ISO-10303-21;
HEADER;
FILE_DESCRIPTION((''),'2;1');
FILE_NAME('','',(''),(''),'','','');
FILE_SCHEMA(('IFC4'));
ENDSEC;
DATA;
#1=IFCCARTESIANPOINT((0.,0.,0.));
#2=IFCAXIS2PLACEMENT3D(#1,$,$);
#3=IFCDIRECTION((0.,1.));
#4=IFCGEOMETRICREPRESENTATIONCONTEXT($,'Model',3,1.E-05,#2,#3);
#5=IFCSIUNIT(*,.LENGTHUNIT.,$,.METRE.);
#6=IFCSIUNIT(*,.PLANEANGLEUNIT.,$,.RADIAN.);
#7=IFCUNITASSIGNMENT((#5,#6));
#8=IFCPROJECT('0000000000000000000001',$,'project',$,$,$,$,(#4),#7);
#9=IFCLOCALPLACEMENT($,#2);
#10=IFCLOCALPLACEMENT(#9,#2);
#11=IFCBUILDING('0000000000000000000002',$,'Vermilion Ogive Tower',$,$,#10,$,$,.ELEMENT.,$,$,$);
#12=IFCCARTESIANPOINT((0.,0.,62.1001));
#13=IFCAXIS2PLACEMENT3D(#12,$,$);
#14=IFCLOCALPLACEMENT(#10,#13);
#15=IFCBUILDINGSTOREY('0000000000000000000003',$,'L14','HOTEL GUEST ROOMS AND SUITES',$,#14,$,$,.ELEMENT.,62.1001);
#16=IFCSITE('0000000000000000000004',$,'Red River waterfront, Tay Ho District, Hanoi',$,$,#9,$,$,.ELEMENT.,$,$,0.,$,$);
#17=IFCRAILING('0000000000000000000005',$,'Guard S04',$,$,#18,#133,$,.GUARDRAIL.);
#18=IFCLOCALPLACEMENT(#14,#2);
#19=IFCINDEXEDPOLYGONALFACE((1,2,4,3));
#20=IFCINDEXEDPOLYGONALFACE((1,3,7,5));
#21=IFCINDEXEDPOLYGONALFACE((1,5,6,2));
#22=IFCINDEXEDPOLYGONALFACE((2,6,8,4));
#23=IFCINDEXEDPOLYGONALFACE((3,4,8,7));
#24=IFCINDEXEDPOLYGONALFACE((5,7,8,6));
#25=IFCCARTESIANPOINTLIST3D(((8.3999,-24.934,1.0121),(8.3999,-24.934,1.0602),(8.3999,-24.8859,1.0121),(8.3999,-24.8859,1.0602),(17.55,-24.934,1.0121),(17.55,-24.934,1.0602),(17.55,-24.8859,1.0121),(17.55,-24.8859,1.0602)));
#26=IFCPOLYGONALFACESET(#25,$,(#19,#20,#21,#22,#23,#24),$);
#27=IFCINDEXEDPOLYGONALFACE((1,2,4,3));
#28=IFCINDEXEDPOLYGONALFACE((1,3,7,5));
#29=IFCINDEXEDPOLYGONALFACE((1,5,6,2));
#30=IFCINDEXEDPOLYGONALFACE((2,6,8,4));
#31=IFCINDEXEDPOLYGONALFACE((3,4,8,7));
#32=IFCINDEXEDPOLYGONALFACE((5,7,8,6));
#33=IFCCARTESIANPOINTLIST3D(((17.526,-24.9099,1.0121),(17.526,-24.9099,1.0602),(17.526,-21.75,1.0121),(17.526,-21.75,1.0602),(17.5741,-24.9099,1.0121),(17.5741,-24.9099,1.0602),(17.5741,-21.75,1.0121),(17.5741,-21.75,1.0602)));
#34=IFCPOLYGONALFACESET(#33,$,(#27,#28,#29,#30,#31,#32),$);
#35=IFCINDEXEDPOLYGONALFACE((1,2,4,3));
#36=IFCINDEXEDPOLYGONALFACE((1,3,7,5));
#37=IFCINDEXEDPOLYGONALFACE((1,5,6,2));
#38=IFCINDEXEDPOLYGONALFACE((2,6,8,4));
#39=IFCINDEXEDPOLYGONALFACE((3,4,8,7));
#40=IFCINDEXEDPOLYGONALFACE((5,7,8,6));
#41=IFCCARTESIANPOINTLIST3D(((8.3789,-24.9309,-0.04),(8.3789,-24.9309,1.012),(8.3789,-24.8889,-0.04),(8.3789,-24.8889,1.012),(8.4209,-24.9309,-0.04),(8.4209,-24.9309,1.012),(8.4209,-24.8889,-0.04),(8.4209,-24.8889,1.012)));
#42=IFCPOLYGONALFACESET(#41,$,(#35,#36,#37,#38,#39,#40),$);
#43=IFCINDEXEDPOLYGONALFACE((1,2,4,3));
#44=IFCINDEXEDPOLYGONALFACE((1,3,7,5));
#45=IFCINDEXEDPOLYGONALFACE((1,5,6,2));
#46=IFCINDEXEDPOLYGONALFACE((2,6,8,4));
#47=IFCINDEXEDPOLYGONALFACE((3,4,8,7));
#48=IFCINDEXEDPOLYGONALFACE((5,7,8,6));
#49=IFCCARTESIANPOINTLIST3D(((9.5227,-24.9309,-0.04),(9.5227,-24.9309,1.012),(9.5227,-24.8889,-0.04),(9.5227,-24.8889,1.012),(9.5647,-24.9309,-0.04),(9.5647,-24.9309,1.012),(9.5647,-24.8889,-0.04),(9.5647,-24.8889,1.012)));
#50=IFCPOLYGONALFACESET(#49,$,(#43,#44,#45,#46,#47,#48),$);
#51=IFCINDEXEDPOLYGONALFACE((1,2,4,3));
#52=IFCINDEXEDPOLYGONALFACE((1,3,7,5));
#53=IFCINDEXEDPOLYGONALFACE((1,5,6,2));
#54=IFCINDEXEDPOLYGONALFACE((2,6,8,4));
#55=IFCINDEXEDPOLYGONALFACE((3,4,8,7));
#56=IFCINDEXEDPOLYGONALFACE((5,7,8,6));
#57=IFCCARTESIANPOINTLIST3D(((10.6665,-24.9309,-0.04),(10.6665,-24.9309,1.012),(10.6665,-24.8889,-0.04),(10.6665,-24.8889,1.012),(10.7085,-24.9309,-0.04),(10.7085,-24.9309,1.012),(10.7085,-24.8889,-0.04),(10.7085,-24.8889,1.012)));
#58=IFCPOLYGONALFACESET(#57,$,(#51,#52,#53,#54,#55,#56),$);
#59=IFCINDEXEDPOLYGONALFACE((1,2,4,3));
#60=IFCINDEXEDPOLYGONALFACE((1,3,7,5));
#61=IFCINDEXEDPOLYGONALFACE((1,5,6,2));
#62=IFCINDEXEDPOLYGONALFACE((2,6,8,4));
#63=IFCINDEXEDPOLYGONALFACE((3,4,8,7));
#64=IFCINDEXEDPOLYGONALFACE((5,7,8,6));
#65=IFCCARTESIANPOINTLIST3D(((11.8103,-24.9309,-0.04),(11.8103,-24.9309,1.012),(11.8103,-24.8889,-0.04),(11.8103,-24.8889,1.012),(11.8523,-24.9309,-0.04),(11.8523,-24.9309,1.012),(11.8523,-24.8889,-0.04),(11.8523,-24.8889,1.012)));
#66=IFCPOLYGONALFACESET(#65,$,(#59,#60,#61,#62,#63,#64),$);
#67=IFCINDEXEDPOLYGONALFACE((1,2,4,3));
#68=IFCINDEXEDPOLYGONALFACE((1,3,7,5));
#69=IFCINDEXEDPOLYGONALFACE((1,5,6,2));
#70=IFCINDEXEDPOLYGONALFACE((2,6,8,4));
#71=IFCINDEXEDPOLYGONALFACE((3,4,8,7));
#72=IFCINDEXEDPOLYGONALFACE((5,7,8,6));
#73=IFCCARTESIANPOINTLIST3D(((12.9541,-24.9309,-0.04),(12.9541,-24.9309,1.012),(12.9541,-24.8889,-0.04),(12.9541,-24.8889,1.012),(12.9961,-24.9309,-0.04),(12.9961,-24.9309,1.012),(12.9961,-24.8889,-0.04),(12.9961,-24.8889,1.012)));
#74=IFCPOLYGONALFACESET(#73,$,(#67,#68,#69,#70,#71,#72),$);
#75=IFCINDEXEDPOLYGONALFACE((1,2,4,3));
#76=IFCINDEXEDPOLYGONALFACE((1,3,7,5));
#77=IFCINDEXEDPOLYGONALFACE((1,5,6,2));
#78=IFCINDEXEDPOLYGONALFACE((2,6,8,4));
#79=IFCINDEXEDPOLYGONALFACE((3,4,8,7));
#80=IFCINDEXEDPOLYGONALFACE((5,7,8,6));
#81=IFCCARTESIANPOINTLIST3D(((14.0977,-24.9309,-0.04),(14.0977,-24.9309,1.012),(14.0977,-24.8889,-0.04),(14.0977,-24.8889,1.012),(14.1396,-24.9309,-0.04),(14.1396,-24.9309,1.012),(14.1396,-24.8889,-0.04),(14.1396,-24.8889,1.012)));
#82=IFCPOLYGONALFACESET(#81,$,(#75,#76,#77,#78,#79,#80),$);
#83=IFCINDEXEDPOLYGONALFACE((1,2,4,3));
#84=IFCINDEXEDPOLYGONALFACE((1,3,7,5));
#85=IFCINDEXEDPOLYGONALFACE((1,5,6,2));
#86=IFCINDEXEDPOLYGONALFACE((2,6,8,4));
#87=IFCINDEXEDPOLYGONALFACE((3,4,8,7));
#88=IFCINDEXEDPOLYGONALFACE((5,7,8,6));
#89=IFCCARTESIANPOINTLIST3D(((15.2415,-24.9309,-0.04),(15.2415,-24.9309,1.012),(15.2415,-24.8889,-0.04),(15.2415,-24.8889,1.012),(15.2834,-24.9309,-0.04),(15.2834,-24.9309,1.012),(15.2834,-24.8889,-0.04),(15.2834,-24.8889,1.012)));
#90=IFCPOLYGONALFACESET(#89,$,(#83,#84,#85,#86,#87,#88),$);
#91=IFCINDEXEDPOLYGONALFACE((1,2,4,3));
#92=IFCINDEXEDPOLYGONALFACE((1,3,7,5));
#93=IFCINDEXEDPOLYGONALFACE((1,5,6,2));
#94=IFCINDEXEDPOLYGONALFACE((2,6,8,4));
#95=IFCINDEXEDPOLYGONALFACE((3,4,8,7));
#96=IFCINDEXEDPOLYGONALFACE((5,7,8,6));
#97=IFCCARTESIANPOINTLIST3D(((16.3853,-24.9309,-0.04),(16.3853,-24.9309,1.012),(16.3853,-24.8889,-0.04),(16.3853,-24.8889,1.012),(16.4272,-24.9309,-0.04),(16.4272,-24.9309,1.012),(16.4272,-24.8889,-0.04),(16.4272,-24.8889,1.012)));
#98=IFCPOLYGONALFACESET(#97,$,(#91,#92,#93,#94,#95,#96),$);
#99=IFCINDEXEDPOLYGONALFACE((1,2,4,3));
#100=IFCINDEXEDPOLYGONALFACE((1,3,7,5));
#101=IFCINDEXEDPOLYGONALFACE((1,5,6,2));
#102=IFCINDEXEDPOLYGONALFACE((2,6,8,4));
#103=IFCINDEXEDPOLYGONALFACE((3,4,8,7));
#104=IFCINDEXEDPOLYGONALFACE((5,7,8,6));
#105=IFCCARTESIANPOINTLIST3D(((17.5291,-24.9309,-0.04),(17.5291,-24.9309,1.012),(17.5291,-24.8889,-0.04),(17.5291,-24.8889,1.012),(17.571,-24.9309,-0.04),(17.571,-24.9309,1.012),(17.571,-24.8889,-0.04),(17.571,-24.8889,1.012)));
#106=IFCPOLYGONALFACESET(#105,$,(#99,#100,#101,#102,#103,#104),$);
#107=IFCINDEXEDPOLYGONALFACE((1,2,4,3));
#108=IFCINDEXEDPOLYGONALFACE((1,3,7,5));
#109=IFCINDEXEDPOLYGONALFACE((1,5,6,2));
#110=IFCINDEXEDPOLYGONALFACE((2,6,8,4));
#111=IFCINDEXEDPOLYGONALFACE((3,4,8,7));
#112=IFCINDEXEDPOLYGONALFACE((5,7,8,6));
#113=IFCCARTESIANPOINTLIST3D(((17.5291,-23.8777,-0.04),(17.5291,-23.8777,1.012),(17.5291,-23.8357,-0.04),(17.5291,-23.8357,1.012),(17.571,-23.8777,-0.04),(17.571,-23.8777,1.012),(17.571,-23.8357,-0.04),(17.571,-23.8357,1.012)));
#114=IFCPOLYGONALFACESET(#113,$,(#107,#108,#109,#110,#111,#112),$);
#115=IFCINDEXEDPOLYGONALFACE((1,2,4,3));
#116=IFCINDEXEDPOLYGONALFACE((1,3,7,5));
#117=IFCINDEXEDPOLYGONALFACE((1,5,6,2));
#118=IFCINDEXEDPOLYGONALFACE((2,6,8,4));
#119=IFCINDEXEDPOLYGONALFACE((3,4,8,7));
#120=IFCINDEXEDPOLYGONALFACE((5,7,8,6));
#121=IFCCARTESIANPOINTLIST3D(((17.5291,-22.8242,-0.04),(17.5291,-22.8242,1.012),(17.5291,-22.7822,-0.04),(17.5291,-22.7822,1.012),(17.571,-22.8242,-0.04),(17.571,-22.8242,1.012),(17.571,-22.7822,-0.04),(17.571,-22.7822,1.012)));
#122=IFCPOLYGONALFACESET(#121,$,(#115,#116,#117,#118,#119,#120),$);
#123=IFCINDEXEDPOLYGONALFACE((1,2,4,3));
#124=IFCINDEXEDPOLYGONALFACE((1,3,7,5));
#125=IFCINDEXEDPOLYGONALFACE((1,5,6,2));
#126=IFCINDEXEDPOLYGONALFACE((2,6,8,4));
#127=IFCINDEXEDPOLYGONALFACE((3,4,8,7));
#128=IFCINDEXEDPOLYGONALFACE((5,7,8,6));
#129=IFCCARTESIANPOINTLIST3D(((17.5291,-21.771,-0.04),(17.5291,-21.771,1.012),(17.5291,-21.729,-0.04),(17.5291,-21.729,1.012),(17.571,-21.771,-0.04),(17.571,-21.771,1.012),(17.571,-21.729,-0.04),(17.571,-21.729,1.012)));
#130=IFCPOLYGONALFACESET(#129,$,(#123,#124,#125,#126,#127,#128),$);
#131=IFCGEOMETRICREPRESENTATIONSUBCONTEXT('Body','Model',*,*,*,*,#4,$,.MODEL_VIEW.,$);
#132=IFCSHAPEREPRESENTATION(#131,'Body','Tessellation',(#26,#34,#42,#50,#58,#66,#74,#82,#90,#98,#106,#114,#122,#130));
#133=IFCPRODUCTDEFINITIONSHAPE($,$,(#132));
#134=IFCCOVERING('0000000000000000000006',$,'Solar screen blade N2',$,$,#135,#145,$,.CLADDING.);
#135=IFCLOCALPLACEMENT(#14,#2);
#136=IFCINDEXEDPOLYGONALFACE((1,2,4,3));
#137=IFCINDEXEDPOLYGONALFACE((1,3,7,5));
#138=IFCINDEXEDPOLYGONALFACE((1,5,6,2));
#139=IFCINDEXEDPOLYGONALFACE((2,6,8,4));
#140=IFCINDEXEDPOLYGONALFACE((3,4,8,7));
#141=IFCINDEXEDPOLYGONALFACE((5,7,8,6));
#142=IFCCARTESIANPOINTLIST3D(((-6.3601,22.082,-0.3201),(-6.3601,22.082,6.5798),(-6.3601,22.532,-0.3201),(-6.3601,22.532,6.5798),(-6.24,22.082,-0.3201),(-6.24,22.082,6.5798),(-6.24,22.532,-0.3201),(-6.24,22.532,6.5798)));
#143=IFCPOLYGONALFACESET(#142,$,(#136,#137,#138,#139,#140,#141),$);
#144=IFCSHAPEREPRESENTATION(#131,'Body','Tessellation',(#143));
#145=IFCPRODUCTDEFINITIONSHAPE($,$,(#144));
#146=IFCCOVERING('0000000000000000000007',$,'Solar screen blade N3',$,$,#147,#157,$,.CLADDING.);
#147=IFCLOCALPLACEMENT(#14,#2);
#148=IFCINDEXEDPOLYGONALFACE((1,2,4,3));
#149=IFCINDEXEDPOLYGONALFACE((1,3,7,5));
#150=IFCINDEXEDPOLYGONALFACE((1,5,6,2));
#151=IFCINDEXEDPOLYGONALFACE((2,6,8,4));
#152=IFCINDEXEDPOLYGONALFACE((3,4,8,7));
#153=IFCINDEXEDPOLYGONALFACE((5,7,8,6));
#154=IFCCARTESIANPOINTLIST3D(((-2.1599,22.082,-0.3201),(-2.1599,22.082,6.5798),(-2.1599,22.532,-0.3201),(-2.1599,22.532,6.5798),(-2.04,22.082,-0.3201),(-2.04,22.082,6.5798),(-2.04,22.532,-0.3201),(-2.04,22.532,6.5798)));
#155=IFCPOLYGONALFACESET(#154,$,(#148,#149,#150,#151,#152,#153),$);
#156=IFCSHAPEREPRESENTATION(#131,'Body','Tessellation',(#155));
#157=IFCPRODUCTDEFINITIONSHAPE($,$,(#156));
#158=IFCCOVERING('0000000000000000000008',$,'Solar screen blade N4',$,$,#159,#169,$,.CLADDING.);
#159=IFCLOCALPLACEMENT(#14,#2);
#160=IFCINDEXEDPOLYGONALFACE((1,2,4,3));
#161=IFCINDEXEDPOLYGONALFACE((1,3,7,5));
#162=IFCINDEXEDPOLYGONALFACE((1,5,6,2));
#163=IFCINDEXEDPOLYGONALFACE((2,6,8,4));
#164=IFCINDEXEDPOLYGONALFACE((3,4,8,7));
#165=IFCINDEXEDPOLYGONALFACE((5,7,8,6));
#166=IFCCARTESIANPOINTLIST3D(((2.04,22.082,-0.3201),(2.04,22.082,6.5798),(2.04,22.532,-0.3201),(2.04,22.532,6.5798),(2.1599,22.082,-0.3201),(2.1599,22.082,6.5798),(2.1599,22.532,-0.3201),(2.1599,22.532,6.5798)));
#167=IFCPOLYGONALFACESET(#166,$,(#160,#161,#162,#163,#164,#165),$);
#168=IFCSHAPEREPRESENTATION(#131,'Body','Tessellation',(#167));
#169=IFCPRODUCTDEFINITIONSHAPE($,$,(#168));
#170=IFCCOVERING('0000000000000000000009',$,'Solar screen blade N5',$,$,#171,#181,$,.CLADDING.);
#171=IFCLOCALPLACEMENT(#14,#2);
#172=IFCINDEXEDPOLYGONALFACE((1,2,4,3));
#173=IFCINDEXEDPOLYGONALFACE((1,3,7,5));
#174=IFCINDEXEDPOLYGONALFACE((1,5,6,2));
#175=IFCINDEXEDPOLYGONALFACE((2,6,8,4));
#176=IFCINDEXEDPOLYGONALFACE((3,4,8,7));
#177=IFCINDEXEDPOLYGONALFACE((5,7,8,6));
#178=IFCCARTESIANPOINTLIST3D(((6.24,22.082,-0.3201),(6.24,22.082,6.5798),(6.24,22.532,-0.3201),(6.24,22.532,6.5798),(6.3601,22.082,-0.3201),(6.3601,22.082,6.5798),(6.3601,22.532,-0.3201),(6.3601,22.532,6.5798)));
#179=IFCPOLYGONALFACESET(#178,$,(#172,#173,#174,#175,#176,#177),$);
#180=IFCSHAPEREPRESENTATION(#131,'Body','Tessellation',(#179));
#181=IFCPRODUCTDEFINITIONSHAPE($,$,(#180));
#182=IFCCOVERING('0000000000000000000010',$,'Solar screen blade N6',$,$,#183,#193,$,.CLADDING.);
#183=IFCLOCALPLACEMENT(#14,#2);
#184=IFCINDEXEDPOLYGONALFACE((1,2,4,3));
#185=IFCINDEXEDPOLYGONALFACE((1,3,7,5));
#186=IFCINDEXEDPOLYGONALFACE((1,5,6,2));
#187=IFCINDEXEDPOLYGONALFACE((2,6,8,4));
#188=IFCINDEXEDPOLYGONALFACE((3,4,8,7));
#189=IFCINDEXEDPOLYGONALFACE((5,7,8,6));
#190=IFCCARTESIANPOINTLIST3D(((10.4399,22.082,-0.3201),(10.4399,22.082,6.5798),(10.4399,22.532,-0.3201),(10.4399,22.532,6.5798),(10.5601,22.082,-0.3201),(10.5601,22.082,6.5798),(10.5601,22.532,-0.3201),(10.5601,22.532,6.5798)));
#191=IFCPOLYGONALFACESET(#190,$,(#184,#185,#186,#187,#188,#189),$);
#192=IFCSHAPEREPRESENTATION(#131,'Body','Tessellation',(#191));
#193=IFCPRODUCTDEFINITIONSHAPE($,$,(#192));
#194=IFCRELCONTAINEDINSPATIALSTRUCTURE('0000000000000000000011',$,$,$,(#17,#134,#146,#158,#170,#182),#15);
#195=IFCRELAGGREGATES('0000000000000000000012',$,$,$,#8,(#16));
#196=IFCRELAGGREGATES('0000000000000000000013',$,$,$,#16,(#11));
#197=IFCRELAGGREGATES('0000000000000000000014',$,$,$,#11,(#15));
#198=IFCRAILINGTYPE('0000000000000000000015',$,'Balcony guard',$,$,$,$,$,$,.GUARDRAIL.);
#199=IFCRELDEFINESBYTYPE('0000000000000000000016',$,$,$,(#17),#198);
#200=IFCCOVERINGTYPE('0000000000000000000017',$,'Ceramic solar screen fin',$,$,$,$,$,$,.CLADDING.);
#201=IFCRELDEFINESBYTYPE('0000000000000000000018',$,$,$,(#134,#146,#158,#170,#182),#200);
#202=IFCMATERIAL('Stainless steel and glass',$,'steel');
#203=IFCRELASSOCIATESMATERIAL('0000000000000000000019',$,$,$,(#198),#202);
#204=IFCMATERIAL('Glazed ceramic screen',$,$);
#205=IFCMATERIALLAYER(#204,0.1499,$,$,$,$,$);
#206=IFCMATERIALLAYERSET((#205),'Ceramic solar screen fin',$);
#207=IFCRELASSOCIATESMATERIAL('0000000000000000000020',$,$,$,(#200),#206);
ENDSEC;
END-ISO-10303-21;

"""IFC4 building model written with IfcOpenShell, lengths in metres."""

from ifc_helpers import new_model, si_unit, direction, frame, origin, origin_2d, place, context, subcontext, project, spatial, polyline, rectangle, outline, extrude, material, layer, layer_set, type_object, element, save


model = new_model("IFC4")

# Units and contexts
model_context = context("Model", 3, precision=1e-05, world=origin(), true_north=direction((0.0, 1.0)))
body_context = subcontext(model_context, "Body", "Model", "MODEL_VIEW")
ifc_project = project(units=[si_unit("LENGTHUNIT", "METRE"), si_unit("PLANEANGLEUNIT", "RADIAN")], contexts=[model_context])

# Site, building, storey
site_placement = place(None, origin())
site = spatial("IfcSite", under=ifc_project, at=site_placement, Name="Red River waterfront, Tay Ho District, Hanoi", CompositionType="ELEMENT", RefElevation=0.0)
building_placement = place(site_placement, origin())
building = spatial("IfcBuilding", under=site, at=building_placement, Name="Vermilion Ogive Tower", CompositionType="ELEMENT")
storey_placement = place(building_placement, frame((0.0, 0.0, 62.1001)))
storey = spatial("IfcBuildingStorey", under=building, at=storey_placement, Name="L14", Description="HOTEL GUEST ROOMS AND SUITES", CompositionType="ELEMENT", Elevation=62.1001)

# Railing
ifc_material_1 = material(Name="Stainless steel and glass", Category="steel")
railing_type_1 = type_object("IfcRailingType", Name="Balcony guard", PredefinedType="GUARDRAIL", material=ifc_material_1)
railing_1_placement = place(storey_placement, frame((8.3999, -24.9099, -0.04)))
element("IfcRailing", 1, at=railing_1_placement, inside=storey, type_object=railing_type_1, Name="Guard S04", PredefinedType="GUARDRAIL", context=body_context, shape_type="SweptSolid", body=[
    extrude(rectangle(XDim=0.0481, YDim=0.0481, at=origin_2d()), frame((0.0, 0.0, 1.0762), z_axis=(1.0, 0.0, 0.0), x_axis=(0.0, 1.0, 0.0)), (0.0, 0.0, 1.0), 9.1501),
    extrude(rectangle(XDim=0.0481, YDim=0.0481, at=origin_2d()), frame((9.1501, 0.0, 1.0762), z_axis=(0.0, 1.0, 0.0), x_axis=(-1.0, 0.0, 0.0)), (0.0, 0.0, 1.0), 3.1599),
    extrude(rectangle(XDim=0.042, YDim=0.042, at=origin_2d()), origin(), (0.0, 0.0, 1.0), 1.052),
    extrude(rectangle(XDim=0.042, YDim=0.042, at=origin_2d()), frame((1.1438, 0.0, 0.0)), (0.0, 0.0, 1.0), 1.052),
    extrude(rectangle(XDim=0.042, YDim=0.042, at=origin_2d()), frame((2.2876, 0.0, 0.0)), (0.0, 0.0, 1.0), 1.052),
    extrude(rectangle(XDim=0.042, YDim=0.042, at=origin_2d()), frame((3.4314, 0.0, 0.0)), (0.0, 0.0, 1.0), 1.052),
    extrude(rectangle(XDim=0.042, YDim=0.042, at=origin_2d()), frame((4.5752, 0.0, 0.0)), (0.0, 0.0, 1.0), 1.052),
    extrude(rectangle(XDim=0.042, YDim=0.042, at=origin_2d()), frame((5.7188, 0.0, 0.0)), (0.0, 0.0, 1.0), 1.052),
    extrude(rectangle(XDim=0.042, YDim=0.042, at=origin_2d()), frame((6.8625, 0.0, 0.0)), (0.0, 0.0, 1.0), 1.052),
    extrude(rectangle(XDim=0.042, YDim=0.042, at=origin_2d()), frame((8.0063, 0.0, 0.0)), (0.0, 0.0, 1.0), 1.052),
    extrude(rectangle(XDim=0.042, YDim=0.042, at=origin_2d()), frame((9.1501, 0.0, 0.0)), (0.0, 0.0, 1.0), 1.052),
    extrude(rectangle(XDim=0.042, YDim=0.042, at=origin_2d()), frame((9.1501, 1.0532, 0.0)), (0.0, 0.0, 1.0), 1.052),
    extrude(rectangle(XDim=0.042, YDim=0.042, at=origin_2d()), frame((9.1501, 2.1067, 0.0)), (0.0, 0.0, 1.0), 1.052),
    extrude(rectangle(XDim=0.042, YDim=0.042, at=origin_2d()), frame((9.1501, 3.1599, 0.0)), (0.0, 0.0, 1.0), 1.052),
])

# Coverings
ifc_material_2 = material(Name="Glazed ceramic screen")
ifc_layer_1 = layer(ifc_material_2, 0.1499)
ifc_layer_set_1 = layer_set([ifc_layer_1], Name="Ceramic solar screen fin")
covering_type = type_object("IfcCoveringType", Name="Ceramic solar screen fin", PredefinedType="CLADDING", material=ifc_layer_set_1)
covering_1_placement = place(storey_placement, frame((0.0, 0.0, -0.3201)))
element("IfcCovering", 2, at=covering_1_placement, inside=storey, type_object=covering_type, Name="Solar screen blade N2", PredefinedType="CLADDING", context=body_context, shape_type="SweptSolid", body=[
    extrude(outline(polyline([(-6.3601, 22.082), (-6.24, 22.082), (-6.24, 22.532), (-6.3601, 22.532), (-6.3601, 22.082)])), origin(), (0.0, 0.0, 1.0), 6.8999),
])
covering_2_placement = place(storey_placement, frame((0.0, 0.0, -0.3201)))
element("IfcCovering", 3, at=covering_2_placement, inside=storey, type_object=covering_type, Name="Solar screen blade N3", PredefinedType="CLADDING", context=body_context, shape_type="SweptSolid", body=[
    extrude(outline(polyline([(-2.1599, 22.082), (-2.04, 22.082), (-2.04, 22.532), (-2.1599, 22.532), (-2.1599, 22.082)])), origin(), (0.0, 0.0, 1.0), 6.8999),
])
covering_3_placement = place(storey_placement, frame((0.0, 0.0, -0.3201)))
element("IfcCovering", 4, at=covering_3_placement, inside=storey, type_object=covering_type, Name="Solar screen blade N4", PredefinedType="CLADDING", context=body_context, shape_type="SweptSolid", body=[
    extrude(outline(polyline([(2.04, 22.082), (2.1599, 22.082), (2.1599, 22.532), (2.04, 22.532), (2.04, 22.082)])), origin(), (0.0, 0.0, 1.0), 6.8999),
])
covering_4_placement = place(storey_placement, frame((0.0, 0.0, -0.3201)))
element("IfcCovering", 5, at=covering_4_placement, inside=storey, type_object=covering_type, Name="Solar screen blade N5", PredefinedType="CLADDING", context=body_context, shape_type="SweptSolid", body=[
    extrude(outline(polyline([(6.24, 22.082), (6.3601, 22.082), (6.3601, 22.532), (6.24, 22.532), (6.24, 22.082)])), origin(), (0.0, 0.0, 1.0), 6.8999),
])
covering_5_placement = place(storey_placement, frame((0.0, 0.0, -0.3201)))
element("IfcCovering", 6, at=covering_5_placement, inside=storey, type_object=covering_type, Name="Solar screen blade N6", PredefinedType="CLADDING", context=body_context, shape_type="SweptSolid", body=[
    extrude(outline(polyline([(10.4399, 22.082), (10.5601, 22.082), (10.5601, 22.532), (10.4399, 22.532), (10.4399, 22.082)])), origin(), (0.0, 0.0, 1.0), 6.8999),
])

save(model, "model.ifc")
